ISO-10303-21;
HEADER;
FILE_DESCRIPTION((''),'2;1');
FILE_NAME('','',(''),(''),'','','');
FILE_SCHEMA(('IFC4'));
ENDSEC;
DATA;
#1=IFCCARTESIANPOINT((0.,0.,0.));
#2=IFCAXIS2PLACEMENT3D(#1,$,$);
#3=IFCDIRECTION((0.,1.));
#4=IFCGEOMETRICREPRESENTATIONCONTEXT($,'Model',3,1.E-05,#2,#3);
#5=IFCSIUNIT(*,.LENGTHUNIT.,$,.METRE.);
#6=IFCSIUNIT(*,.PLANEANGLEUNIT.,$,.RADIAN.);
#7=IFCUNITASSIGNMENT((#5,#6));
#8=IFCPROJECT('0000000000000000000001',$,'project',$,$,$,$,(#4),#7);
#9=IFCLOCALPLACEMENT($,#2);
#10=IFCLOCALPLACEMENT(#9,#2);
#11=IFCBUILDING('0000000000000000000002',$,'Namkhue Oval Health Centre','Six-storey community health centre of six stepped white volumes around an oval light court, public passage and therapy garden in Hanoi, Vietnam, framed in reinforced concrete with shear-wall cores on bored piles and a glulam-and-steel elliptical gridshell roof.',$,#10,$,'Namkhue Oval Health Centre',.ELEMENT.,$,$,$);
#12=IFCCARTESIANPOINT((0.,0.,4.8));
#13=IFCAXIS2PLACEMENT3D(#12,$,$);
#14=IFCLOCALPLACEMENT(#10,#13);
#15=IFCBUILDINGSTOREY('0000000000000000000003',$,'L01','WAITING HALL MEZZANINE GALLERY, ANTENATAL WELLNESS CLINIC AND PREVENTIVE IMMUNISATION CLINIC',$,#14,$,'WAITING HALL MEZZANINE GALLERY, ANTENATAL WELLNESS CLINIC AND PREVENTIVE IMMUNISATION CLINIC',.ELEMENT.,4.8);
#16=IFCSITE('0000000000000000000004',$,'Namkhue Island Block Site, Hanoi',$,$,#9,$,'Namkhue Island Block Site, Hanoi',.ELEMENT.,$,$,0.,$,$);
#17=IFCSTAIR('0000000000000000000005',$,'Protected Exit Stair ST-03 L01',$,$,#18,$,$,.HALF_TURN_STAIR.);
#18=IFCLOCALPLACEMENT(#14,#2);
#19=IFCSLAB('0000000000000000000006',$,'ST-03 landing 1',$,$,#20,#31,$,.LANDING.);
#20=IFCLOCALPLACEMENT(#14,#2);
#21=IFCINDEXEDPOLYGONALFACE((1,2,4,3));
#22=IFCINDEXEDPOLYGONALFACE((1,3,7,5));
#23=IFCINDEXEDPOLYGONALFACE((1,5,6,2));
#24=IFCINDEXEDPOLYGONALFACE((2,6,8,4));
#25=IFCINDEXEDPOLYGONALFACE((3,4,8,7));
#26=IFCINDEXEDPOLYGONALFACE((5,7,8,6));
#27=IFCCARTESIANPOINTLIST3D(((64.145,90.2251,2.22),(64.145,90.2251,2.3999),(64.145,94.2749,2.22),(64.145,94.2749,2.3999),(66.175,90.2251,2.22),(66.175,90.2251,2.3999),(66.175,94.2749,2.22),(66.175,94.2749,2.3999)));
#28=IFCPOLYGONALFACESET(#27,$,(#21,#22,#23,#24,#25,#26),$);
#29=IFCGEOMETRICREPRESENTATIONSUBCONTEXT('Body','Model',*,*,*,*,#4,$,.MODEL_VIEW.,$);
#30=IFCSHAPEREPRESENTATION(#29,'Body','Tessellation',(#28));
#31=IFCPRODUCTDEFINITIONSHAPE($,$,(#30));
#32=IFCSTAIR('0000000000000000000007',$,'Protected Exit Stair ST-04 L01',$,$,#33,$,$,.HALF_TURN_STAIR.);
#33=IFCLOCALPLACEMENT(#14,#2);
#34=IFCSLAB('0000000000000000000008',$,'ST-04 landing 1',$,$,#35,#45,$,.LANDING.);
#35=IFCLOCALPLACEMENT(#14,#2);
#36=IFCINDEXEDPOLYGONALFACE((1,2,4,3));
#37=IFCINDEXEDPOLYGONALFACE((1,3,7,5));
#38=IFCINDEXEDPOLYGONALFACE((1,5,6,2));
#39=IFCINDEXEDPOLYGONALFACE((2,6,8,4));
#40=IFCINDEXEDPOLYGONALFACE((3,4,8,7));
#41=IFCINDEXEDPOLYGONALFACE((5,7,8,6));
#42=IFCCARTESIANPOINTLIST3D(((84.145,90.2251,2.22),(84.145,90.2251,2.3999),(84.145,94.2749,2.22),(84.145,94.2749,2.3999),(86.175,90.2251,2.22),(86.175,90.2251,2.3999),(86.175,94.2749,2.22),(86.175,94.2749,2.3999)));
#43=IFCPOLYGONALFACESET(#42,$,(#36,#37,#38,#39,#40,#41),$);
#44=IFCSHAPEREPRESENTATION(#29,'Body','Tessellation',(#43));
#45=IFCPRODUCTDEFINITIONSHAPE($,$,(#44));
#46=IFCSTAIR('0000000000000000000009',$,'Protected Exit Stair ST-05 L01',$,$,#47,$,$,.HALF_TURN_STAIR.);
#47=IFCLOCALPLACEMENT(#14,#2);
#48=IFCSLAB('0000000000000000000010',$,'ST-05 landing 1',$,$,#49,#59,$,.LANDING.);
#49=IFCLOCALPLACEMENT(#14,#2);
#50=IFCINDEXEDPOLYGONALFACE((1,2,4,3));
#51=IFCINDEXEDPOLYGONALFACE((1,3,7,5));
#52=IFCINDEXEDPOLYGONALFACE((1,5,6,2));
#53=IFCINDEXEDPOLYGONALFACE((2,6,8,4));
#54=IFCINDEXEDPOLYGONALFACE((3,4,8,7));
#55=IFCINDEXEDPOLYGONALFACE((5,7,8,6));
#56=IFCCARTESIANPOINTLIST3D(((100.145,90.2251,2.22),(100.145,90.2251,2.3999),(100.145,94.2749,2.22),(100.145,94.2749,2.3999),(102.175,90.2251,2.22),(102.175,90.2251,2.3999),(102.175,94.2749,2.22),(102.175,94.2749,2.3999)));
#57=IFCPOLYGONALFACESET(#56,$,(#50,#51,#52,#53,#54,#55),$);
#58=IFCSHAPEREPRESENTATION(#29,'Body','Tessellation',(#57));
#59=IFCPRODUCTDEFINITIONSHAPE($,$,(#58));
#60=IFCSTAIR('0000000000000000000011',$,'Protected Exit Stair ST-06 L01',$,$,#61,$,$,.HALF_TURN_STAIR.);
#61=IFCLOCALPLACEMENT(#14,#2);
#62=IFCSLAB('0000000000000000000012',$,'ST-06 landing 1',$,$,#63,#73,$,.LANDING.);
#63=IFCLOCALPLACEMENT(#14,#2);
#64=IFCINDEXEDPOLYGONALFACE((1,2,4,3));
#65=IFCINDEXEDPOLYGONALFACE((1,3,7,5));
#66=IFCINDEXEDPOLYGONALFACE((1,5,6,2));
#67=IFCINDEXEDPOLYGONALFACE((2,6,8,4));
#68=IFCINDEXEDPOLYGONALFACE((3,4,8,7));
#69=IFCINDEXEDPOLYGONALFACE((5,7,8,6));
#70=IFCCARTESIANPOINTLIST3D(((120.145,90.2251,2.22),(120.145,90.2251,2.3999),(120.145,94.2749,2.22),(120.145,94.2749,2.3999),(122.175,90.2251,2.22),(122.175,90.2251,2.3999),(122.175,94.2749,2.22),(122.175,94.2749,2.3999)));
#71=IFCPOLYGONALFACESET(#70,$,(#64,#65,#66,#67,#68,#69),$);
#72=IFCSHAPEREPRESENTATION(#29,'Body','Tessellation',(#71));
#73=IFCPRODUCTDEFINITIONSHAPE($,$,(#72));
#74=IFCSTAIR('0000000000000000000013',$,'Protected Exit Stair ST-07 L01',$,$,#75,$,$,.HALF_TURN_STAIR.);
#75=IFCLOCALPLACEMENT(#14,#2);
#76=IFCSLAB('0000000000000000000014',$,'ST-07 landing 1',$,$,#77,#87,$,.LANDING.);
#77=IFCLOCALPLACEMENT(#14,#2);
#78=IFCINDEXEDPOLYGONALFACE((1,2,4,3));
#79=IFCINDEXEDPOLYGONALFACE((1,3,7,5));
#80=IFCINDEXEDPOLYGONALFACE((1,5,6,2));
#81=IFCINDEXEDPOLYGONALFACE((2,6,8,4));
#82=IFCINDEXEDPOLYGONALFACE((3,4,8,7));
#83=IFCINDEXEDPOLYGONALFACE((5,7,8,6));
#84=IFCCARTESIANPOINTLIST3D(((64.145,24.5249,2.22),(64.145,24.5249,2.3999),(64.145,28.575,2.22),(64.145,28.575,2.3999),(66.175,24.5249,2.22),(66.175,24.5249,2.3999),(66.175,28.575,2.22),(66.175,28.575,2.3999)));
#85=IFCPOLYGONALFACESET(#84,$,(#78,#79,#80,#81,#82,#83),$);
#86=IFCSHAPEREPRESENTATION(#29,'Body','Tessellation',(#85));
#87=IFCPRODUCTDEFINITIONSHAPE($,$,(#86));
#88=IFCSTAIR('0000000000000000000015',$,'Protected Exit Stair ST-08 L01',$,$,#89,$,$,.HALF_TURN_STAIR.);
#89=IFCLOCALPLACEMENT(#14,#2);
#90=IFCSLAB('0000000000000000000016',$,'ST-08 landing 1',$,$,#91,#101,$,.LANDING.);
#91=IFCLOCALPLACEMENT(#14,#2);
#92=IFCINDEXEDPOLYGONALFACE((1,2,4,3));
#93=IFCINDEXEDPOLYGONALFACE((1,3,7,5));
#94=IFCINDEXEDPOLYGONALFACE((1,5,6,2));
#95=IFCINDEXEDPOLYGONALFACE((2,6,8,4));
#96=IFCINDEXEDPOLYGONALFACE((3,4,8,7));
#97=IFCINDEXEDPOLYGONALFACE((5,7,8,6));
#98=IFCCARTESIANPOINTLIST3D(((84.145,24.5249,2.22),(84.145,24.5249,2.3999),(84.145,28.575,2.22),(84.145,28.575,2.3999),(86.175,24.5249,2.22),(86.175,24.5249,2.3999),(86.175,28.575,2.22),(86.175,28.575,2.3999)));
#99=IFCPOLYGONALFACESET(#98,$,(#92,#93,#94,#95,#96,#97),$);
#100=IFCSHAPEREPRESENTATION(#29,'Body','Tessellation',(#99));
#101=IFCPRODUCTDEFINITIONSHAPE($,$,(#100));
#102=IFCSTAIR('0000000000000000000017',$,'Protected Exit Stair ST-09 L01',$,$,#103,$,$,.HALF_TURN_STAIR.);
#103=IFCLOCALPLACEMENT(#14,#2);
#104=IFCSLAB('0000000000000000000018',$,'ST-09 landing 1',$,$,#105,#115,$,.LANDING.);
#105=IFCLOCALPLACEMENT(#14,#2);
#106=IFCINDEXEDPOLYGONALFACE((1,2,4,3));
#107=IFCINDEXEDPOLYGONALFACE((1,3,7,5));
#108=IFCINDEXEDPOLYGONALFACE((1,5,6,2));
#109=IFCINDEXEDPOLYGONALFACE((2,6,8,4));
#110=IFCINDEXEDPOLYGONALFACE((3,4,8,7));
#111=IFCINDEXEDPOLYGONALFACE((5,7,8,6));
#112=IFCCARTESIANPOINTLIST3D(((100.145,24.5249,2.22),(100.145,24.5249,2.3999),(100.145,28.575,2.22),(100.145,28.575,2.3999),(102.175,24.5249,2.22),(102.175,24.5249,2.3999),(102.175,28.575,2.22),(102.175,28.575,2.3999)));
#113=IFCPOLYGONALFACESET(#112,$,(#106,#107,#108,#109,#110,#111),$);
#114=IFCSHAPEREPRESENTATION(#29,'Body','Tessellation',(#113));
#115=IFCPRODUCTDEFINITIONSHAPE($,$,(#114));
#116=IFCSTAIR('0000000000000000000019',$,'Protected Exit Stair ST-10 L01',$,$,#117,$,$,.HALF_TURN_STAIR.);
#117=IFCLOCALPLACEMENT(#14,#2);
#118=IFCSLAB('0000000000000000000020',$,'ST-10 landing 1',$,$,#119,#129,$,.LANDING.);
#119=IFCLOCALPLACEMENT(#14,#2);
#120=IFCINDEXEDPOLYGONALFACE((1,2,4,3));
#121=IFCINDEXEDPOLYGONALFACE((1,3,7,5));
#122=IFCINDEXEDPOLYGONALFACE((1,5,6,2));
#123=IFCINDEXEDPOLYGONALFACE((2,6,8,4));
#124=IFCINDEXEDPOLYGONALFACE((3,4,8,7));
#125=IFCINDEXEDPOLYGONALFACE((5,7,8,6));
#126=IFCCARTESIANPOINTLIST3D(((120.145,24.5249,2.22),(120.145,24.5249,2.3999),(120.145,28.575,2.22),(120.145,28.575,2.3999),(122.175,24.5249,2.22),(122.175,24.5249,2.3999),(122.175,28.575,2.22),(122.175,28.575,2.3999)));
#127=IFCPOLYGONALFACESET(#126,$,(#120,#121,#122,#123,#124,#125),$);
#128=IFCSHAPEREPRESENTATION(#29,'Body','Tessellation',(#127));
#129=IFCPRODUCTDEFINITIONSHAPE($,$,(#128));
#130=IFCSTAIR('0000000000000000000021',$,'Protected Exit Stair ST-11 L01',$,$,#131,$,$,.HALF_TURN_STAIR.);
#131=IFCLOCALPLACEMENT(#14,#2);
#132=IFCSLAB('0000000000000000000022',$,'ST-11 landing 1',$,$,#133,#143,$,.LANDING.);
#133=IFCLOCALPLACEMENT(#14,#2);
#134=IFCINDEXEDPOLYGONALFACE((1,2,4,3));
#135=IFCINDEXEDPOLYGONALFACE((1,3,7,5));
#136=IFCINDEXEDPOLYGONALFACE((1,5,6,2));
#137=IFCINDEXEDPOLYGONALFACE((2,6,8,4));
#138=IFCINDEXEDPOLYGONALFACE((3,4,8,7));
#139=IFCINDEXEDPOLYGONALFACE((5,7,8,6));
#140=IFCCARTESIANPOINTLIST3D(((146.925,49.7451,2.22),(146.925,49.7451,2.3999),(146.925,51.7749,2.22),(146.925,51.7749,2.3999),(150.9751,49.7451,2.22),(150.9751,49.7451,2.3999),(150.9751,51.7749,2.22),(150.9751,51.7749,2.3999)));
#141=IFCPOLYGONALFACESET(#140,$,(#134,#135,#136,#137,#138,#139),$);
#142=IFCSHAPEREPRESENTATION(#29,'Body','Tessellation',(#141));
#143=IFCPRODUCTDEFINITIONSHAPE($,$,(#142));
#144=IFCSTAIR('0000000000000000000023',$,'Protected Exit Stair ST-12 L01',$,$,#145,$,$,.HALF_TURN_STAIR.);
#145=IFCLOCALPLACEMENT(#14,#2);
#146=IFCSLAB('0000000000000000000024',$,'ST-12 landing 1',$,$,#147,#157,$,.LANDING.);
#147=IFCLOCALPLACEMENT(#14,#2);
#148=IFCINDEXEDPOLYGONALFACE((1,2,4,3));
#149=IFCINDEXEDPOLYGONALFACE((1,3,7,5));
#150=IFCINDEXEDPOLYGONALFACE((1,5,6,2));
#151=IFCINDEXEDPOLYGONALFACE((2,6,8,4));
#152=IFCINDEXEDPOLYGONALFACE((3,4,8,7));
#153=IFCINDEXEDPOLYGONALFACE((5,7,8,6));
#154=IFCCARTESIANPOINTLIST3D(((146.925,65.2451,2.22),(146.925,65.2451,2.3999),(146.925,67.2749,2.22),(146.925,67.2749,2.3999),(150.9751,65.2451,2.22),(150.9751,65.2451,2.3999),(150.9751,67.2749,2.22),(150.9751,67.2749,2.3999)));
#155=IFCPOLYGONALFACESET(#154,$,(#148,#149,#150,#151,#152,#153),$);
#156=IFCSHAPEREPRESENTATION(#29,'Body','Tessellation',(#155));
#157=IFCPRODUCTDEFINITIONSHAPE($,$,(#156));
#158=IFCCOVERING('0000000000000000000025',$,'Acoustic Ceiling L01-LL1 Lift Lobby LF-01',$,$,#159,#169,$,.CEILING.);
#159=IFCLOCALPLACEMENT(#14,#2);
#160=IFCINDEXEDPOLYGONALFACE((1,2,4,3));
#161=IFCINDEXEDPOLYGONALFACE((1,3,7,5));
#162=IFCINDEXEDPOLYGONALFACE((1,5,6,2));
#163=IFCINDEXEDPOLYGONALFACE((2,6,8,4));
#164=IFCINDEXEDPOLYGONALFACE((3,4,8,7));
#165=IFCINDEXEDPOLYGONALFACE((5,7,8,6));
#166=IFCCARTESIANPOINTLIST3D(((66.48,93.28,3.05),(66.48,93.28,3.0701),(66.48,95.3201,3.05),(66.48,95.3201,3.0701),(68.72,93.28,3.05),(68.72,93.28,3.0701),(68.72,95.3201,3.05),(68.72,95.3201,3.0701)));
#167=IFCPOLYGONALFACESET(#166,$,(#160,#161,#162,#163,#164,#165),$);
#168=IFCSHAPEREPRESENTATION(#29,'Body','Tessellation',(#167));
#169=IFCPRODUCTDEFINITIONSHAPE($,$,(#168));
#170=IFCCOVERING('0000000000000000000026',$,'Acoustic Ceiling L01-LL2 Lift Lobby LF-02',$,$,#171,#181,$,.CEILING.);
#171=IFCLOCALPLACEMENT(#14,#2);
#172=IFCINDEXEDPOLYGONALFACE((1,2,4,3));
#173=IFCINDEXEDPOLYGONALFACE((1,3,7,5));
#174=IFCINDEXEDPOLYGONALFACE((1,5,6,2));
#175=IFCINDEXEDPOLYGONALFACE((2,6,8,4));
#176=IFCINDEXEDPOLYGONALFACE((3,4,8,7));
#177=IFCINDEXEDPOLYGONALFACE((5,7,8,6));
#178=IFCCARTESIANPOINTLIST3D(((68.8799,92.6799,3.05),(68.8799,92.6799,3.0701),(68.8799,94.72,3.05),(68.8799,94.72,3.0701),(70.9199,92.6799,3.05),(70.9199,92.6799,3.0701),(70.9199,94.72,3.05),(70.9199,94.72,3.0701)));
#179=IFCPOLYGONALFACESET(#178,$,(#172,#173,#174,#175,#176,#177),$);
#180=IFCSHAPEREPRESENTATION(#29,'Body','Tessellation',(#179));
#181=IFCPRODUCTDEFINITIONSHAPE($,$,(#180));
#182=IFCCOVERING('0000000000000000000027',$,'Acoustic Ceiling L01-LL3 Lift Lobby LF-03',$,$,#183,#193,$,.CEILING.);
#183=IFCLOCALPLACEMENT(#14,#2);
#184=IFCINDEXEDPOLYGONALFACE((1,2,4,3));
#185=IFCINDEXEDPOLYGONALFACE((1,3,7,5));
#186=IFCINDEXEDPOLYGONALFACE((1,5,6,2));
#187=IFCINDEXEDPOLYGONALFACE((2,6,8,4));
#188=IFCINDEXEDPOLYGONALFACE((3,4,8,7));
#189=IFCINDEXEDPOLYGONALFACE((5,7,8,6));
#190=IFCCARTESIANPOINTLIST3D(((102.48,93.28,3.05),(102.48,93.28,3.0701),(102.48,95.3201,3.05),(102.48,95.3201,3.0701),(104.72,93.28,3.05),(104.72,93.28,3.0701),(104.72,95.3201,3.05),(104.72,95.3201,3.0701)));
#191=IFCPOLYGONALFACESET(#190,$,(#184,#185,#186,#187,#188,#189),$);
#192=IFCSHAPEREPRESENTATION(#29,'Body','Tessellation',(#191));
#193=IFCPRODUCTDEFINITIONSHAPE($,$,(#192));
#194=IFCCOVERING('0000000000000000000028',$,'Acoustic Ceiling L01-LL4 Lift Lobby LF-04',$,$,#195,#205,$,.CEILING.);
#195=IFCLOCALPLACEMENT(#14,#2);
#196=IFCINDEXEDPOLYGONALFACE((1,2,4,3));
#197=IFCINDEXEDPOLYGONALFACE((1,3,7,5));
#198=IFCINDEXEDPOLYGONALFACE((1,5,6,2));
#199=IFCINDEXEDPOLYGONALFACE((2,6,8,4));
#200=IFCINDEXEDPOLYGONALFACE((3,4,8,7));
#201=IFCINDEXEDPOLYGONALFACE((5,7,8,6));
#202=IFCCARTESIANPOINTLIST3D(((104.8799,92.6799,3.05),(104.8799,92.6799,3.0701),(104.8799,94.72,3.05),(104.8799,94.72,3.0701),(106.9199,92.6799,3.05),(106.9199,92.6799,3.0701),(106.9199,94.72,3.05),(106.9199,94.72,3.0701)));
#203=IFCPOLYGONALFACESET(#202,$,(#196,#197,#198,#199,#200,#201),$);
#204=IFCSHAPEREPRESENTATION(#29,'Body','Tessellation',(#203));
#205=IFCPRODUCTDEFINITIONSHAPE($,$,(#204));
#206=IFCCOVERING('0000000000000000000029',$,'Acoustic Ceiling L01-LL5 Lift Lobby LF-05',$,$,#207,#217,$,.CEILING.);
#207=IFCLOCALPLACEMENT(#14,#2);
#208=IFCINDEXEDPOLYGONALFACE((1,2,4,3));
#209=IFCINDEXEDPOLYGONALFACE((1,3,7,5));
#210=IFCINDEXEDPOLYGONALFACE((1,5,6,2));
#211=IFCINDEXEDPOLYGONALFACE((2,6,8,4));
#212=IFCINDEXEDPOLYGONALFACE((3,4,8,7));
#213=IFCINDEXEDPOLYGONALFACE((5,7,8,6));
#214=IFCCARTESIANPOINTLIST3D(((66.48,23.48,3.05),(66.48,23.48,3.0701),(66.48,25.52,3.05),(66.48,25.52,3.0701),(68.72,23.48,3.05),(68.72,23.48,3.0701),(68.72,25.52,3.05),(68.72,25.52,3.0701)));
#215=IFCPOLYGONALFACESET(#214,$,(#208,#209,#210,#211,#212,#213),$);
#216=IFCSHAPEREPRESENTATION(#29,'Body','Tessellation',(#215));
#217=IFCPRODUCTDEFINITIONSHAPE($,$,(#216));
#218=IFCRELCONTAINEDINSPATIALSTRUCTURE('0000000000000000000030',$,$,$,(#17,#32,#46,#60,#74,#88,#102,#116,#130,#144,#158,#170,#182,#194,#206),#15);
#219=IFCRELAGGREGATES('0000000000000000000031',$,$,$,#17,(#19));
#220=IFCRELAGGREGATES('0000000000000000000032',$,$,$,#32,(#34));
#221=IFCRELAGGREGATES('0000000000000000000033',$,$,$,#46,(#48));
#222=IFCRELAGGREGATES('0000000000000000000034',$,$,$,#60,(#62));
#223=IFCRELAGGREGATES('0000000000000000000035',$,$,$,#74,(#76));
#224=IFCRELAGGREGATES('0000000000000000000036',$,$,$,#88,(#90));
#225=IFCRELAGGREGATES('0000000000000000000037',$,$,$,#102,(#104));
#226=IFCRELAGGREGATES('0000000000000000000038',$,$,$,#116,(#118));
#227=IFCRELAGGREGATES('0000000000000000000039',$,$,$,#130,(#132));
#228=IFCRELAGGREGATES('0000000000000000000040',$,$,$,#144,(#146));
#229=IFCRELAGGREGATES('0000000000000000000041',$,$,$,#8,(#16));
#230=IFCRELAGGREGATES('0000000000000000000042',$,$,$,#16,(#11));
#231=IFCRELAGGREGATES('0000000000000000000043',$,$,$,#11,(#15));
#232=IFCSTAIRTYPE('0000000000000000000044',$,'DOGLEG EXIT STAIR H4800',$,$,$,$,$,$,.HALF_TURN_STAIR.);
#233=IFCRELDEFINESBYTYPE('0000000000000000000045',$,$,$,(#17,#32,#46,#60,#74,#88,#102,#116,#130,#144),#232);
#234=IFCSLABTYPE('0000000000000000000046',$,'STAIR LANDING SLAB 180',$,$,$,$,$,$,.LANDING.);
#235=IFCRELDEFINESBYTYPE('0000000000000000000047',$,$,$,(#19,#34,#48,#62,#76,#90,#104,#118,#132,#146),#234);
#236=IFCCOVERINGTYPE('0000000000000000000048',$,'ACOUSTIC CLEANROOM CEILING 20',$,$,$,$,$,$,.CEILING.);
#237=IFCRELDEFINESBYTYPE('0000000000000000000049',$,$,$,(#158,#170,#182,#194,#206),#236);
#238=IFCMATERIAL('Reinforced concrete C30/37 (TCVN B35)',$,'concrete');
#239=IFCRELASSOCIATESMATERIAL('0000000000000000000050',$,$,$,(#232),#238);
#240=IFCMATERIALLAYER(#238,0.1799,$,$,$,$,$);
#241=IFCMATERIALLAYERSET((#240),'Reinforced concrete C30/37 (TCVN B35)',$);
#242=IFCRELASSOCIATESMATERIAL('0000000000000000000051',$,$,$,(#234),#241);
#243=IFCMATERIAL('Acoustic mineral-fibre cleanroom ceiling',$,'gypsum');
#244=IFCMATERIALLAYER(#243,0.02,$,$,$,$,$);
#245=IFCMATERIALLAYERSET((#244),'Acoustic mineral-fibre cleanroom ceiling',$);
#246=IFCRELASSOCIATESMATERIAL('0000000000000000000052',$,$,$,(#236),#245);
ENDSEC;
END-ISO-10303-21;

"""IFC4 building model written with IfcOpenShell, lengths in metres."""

from ifc_helpers import new_model, si_unit, direction, frame, origin, place, context, subcontext, project, spatial, polyline, outline, extrude, material, layer, layer_set, type_object, element, aggregate, save


model = new_model("IFC4")

# Units and contexts
model_context = context("Model", 3, precision=1e-05, world=origin(), true_north=direction((0.0, 1.0)))
body_context = subcontext(model_context, "Body", "Model", "MODEL_VIEW")
ifc_project = project(units=[si_unit("LENGTHUNIT", "METRE"), si_unit("PLANEANGLEUNIT", "RADIAN")], contexts=[model_context])

# Site, building, storey
site_placement = place(None, origin())
site = spatial("IfcSite", under=ifc_project, at=site_placement, Name="Namkhue Island Block Site, Hanoi", LongName="Namkhue Island Block Site, Hanoi", CompositionType="ELEMENT", RefElevation=0.0)
building_placement = place(site_placement, origin())
building = spatial("IfcBuilding", under=site, at=building_placement, Name="Namkhue Oval Health Centre", Description="Six-storey community health centre of six stepped white volumes around an oval light court, public passage and therapy garden in Hanoi, Vietnam, framed in reinforced concrete with shear-wall cores on bored piles and a glulam-and-steel elliptical gridshell roof.", LongName="Namkhue Oval Health Centre", CompositionType="ELEMENT")
storey_placement = place(building_placement, frame((0.0, 0.0, 4.8)))
storey = spatial("IfcBuildingStorey", under=building, at=storey_placement, Name="L01", Description="WAITING HALL MEZZANINE GALLERY, ANTENATAL WELLNESS CLINIC AND PREVENTIVE IMMUNISATION CLINIC", LongName="WAITING HALL MEZZANINE GALLERY, ANTENATAL WELLNESS CLINIC AND PREVENTIVE IMMUNISATION CLINIC", CompositionType="ELEMENT", Elevation=4.8)

# Stairs, slabs
ifc_material_1 = material(Name="Reinforced concrete C30/37 (TCVN B35)", Category="concrete")
stair_type = type_object("IfcStairType", Name="DOGLEG EXIT STAIR H4800", PredefinedType="HALF_TURN_STAIR", material=ifc_material_1)
stair_1_placement = place(storey_placement, origin())
stair_1 = element("IfcStair", 1, at=stair_1_placement, inside=storey, type_object=stair_type, Name="Protected Exit Stair ST-03 L01", PredefinedType="HALF_TURN_STAIR")
ifc_layer_1 = layer(ifc_material_1, 0.1799)
ifc_layer_set_1 = layer_set([ifc_layer_1], Name="Reinforced concrete C30/37 (TCVN B35)")
slab_type = type_object("IfcSlabType", Name="STAIR LANDING SLAB 180", PredefinedType="LANDING", material=ifc_layer_set_1)
slab_1_placement = place(storey_placement, frame((0.0, 0.0, 2.22)))
slab_1 = element("IfcSlab", 2, at=slab_1_placement, type_object=slab_type, Name="ST-03 landing 1", PredefinedType="LANDING", context=body_context, shape_type="SweptSolid", body=[
    extrude(outline(polyline([(64.145, 90.2251), (66.175, 90.2251), (66.175, 94.2749), (64.145, 94.2749), (64.145, 90.2251)])), origin(), (0.0, 0.0, 1.0), 0.1799),
])
aggregate(stair_1, [slab_1])
stair_2_placement = place(storey_placement, origin())
stair_2 = element("IfcStair", 3, at=stair_2_placement, inside=storey, type_object=stair_type, Name="Protected Exit Stair ST-04 L01", PredefinedType="HALF_TURN_STAIR")
slab_2_placement = place(storey_placement, frame((0.0, 0.0, 2.22)))
slab_2 = element("IfcSlab", 4, at=slab_2_placement, type_object=slab_type, Name="ST-04 landing 1", PredefinedType="LANDING", context=body_context, shape_type="SweptSolid", body=[
    extrude(outline(polyline([(84.145, 90.2251), (86.175, 90.2251), (86.175, 94.2749), (84.145, 94.2749), (84.145, 90.2251)])), origin(), (0.0, 0.0, 1.0), 0.1799),
])
aggregate(stair_2, [slab_2])
stair_3_placement = place(storey_placement, origin())
stair_3 = element("IfcStair", 5, at=stair_3_placement, inside=storey, type_object=stair_type, Name="Protected Exit Stair ST-05 L01", PredefinedType="HALF_TURN_STAIR")
slab_3_placement = place(storey_placement, frame((0.0, 0.0, 2.22)))
slab_3 = element("IfcSlab", 6, at=slab_3_placement, type_object=slab_type, Name="ST-05 landing 1", PredefinedType="LANDING", context=body_context, shape_type="SweptSolid", body=[
    extrude(outline(polyline([(100.145, 90.2251), (102.175, 90.2251), (102.175, 94.2749), (100.145, 94.2749), (100.145, 90.2251)])), origin(), (0.0, 0.0, 1.0), 0.1799),
])
aggregate(stair_3, [slab_3])
stair_4_placement = place(storey_placement, origin())
stair_4 = element("IfcStair", 7, at=stair_4_placement, inside=storey, type_object=stair_type, Name="Protected Exit Stair ST-06 L01", PredefinedType="HALF_TURN_STAIR")
slab_4_placement = place(storey_placement, frame((0.0, 0.0, 2.22)))
slab_4 = element("IfcSlab", 8, at=slab_4_placement, type_object=slab_type, Name="ST-06 landing 1", PredefinedType="LANDING", context=body_context, shape_type="SweptSolid", body=[
    extrude(outline(polyline([(120.145, 90.2251), (122.175, 90.2251), (122.175, 94.2749), (120.145, 94.2749), (120.145, 90.2251)])), origin(), (0.0, 0.0, 1.0), 0.1799),
])
aggregate(stair_4, [slab_4])
stair_5_placement = place(storey_placement, origin())
stair_5 = element("IfcStair", 9, at=stair_5_placement, inside=storey, type_object=stair_type, Name="Protected Exit Stair ST-07 L01", PredefinedType="HALF_TURN_STAIR")
slab_5_placement = place(storey_placement, frame((0.0, 0.0, 2.22)))
slab_5 = element("IfcSlab", 10, at=slab_5_placement, type_object=slab_type, Name="ST-07 landing 1", PredefinedType="LANDING", context=body_context, shape_type="SweptSolid", body=[
    extrude(outline(polyline([(64.145, 24.5249), (66.175, 24.5249), (66.175, 28.575), (64.145, 28.575), (64.145, 24.5249)])), origin(), (0.0, 0.0, 1.0), 0.1799),
])
aggregate(stair_5, [slab_5])
stair_6_placement = place(storey_placement, origin())
stair_6 = element("IfcStair", 11, at=stair_6_placement, inside=storey, type_object=stair_type, Name="Protected Exit Stair ST-08 L01", PredefinedType="HALF_TURN_STAIR")
slab_6_placement = place(storey_placement, frame((0.0, 0.0, 2.22)))
slab_6 = element("IfcSlab", 12, at=slab_6_placement, type_object=slab_type, Name="ST-08 landing 1", PredefinedType="LANDING", context=body_context, shape_type="SweptSolid", body=[
    extrude(outline(polyline([(84.145, 24.5249), (86.175, 24.5249), (86.175, 28.575), (84.145, 28.575), (84.145, 24.5249)])), origin(), (0.0, 0.0, 1.0), 0.1799),
])
aggregate(stair_6, [slab_6])
stair_7_placement = place(storey_placement, origin())
stair_7 = element("IfcStair", 13, at=stair_7_placement, inside=storey, type_object=stair_type, Name="Protected Exit Stair ST-09 L01", PredefinedType="HALF_TURN_STAIR")
slab_7_placement = place(storey_placement, frame((0.0, 0.0, 2.22)))
slab_7 = element("IfcSlab", 14, at=slab_7_placement, type_object=slab_type, Name="ST-09 landing 1", PredefinedType="LANDING", context=body_context, shape_type="SweptSolid", body=[
    extrude(outline(polyline([(100.145, 24.5249), (102.175, 24.5249), (102.175, 28.575), (100.145, 28.575), (100.145, 24.5249)])), origin(), (0.0, 0.0, 1.0), 0.1799),
])
aggregate(stair_7, [slab_7])
stair_8_placement = place(storey_placement, origin())
stair_8 = element("IfcStair", 15, at=stair_8_placement, inside=storey, type_object=stair_type, Name="Protected Exit Stair ST-10 L01", PredefinedType="HALF_TURN_STAIR")
slab_8_placement = place(storey_placement, frame((0.0, 0.0, 2.22)))
slab_8 = element("IfcSlab", 16, at=slab_8_placement, type_object=slab_type, Name="ST-10 landing 1", PredefinedType="LANDING", context=body_context, shape_type="SweptSolid", body=[
    extrude(outline(polyline([(120.145, 24.5249), (122.175, 24.5249), (122.175, 28.575), (120.145, 28.575), (120.145, 24.5249)])), origin(), (0.0, 0.0, 1.0), 0.1799),
])
aggregate(stair_8, [slab_8])
stair_9_placement = place(storey_placement, origin())
stair_9 = element("IfcStair", 17, at=stair_9_placement, inside=storey, type_object=stair_type, Name="Protected Exit Stair ST-11 L01", PredefinedType="HALF_TURN_STAIR")
slab_9_placement = place(storey_placement, frame((0.0, 0.0, 2.22)))
slab_9 = element("IfcSlab", 18, at=slab_9_placement, type_object=slab_type, Name="ST-11 landing 1", PredefinedType="LANDING", context=body_context, shape_type="SweptSolid", body=[
    extrude(outline(polyline([(146.925, 49.7451), (150.9751, 49.7451), (150.9751, 51.7749), (146.925, 51.7749), (146.925, 49.7451)])), origin(), (0.0, 0.0, 1.0), 0.1799),
])
aggregate(stair_9, [slab_9])
stair_10_placement = place(storey_placement, origin())
stair_10 = element("IfcStair", 19, at=stair_10_placement, inside=storey, type_object=stair_type, Name="Protected Exit Stair ST-12 L01", PredefinedType="HALF_TURN_STAIR")
slab_10_placement = place(storey_placement, frame((0.0, 0.0, 2.22)))
slab_10 = element("IfcSlab", 20, at=slab_10_placement, type_object=slab_type, Name="ST-12 landing 1", PredefinedType="LANDING", context=body_context, shape_type="SweptSolid", body=[
    extrude(outline(polyline([(146.925, 65.2451), (150.9751, 65.2451), (150.9751, 67.2749), (146.925, 67.2749), (146.925, 65.2451)])), origin(), (0.0, 0.0, 1.0), 0.1799),
])
aggregate(stair_10, [slab_10])

# Coverings
ifc_material_2 = material(Name="Acoustic mineral-fibre cleanroom ceiling", Category="gypsum")
ifc_layer_2 = layer(ifc_material_2, 0.02)
ifc_layer_set_2 = layer_set([ifc_layer_2], Name="Acoustic mineral-fibre cleanroom ceiling")
covering_type = type_object("IfcCoveringType", Name="ACOUSTIC CLEANROOM CEILING 20", PredefinedType="CEILING", material=ifc_layer_set_2)
covering_1_placement = place(storey_placement, frame((0.0, 0.0, 3.05)))
element("IfcCovering", 21, at=covering_1_placement, inside=storey, type_object=covering_type, Name="Acoustic Ceiling L01-LL1 Lift Lobby LF-01", PredefinedType="CEILING", context=body_context, shape_type="SweptSolid", body=[
    extrude(outline(polyline([(66.48, 93.28), (66.48, 95.3201), (68.72, 95.3201), (68.72, 93.28), (66.48, 93.28)])), origin(), (0.0, 0.0, 1.0), 0.02),
])
covering_2_placement = place(storey_placement, frame((0.0, 0.0, 3.05)))
element("IfcCovering", 22, at=covering_2_placement, inside=storey, type_object=covering_type, Name="Acoustic Ceiling L01-LL2 Lift Lobby LF-02", PredefinedType="CEILING", context=body_context, shape_type="SweptSolid", body=[
    extrude(outline(polyline([(68.8799, 92.6799), (68.8799, 94.72), (70.9199, 94.72), (70.9199, 92.6799), (68.8799, 92.6799)])), origin(), (0.0, 0.0, 1.0), 0.02),
])
covering_3_placement = place(storey_placement, frame((0.0, 0.0, 3.05)))
element("IfcCovering", 23, at=covering_3_placement, inside=storey, type_object=covering_type, Name="Acoustic Ceiling L01-LL3 Lift Lobby LF-03", PredefinedType="CEILING", context=body_context, shape_type="SweptSolid", body=[
    extrude(outline(polyline([(102.48, 93.28), (102.48, 95.3201), (104.72, 95.3201), (104.72, 93.28), (102.48, 93.28)])), origin(), (0.0, 0.0, 1.0), 0.02),
])
covering_4_placement = place(storey_placement, frame((0.0, 0.0, 3.05)))
element("IfcCovering", 24, at=covering_4_placement, inside=storey, type_object=covering_type, Name="Acoustic Ceiling L01-LL4 Lift Lobby LF-04", PredefinedType="CEILING", context=body_context, shape_type="SweptSolid", body=[
    extrude(outline(polyline([(104.8799, 92.6799), (104.8799, 94.72), (106.9199, 94.72), (106.9199, 92.6799), (104.8799, 92.6799)])), origin(), (0.0, 0.0, 1.0), 0.02),
])
covering_5_placement = place(storey_placement, frame((0.0, 0.0, 3.05)))
element("IfcCovering", 25, at=covering_5_placement, inside=storey, type_object=covering_type, Name="Acoustic Ceiling L01-LL5 Lift Lobby LF-05", PredefinedType="CEILING", context=body_context, shape_type="SweptSolid", body=[
    extrude(outline(polyline([(66.48, 23.48), (66.48, 25.52), (68.72, 25.52), (68.72, 23.48), (66.48, 23.48)])), origin(), (0.0, 0.0, 1.0), 0.02),
])

save(model, "model.ifc")
